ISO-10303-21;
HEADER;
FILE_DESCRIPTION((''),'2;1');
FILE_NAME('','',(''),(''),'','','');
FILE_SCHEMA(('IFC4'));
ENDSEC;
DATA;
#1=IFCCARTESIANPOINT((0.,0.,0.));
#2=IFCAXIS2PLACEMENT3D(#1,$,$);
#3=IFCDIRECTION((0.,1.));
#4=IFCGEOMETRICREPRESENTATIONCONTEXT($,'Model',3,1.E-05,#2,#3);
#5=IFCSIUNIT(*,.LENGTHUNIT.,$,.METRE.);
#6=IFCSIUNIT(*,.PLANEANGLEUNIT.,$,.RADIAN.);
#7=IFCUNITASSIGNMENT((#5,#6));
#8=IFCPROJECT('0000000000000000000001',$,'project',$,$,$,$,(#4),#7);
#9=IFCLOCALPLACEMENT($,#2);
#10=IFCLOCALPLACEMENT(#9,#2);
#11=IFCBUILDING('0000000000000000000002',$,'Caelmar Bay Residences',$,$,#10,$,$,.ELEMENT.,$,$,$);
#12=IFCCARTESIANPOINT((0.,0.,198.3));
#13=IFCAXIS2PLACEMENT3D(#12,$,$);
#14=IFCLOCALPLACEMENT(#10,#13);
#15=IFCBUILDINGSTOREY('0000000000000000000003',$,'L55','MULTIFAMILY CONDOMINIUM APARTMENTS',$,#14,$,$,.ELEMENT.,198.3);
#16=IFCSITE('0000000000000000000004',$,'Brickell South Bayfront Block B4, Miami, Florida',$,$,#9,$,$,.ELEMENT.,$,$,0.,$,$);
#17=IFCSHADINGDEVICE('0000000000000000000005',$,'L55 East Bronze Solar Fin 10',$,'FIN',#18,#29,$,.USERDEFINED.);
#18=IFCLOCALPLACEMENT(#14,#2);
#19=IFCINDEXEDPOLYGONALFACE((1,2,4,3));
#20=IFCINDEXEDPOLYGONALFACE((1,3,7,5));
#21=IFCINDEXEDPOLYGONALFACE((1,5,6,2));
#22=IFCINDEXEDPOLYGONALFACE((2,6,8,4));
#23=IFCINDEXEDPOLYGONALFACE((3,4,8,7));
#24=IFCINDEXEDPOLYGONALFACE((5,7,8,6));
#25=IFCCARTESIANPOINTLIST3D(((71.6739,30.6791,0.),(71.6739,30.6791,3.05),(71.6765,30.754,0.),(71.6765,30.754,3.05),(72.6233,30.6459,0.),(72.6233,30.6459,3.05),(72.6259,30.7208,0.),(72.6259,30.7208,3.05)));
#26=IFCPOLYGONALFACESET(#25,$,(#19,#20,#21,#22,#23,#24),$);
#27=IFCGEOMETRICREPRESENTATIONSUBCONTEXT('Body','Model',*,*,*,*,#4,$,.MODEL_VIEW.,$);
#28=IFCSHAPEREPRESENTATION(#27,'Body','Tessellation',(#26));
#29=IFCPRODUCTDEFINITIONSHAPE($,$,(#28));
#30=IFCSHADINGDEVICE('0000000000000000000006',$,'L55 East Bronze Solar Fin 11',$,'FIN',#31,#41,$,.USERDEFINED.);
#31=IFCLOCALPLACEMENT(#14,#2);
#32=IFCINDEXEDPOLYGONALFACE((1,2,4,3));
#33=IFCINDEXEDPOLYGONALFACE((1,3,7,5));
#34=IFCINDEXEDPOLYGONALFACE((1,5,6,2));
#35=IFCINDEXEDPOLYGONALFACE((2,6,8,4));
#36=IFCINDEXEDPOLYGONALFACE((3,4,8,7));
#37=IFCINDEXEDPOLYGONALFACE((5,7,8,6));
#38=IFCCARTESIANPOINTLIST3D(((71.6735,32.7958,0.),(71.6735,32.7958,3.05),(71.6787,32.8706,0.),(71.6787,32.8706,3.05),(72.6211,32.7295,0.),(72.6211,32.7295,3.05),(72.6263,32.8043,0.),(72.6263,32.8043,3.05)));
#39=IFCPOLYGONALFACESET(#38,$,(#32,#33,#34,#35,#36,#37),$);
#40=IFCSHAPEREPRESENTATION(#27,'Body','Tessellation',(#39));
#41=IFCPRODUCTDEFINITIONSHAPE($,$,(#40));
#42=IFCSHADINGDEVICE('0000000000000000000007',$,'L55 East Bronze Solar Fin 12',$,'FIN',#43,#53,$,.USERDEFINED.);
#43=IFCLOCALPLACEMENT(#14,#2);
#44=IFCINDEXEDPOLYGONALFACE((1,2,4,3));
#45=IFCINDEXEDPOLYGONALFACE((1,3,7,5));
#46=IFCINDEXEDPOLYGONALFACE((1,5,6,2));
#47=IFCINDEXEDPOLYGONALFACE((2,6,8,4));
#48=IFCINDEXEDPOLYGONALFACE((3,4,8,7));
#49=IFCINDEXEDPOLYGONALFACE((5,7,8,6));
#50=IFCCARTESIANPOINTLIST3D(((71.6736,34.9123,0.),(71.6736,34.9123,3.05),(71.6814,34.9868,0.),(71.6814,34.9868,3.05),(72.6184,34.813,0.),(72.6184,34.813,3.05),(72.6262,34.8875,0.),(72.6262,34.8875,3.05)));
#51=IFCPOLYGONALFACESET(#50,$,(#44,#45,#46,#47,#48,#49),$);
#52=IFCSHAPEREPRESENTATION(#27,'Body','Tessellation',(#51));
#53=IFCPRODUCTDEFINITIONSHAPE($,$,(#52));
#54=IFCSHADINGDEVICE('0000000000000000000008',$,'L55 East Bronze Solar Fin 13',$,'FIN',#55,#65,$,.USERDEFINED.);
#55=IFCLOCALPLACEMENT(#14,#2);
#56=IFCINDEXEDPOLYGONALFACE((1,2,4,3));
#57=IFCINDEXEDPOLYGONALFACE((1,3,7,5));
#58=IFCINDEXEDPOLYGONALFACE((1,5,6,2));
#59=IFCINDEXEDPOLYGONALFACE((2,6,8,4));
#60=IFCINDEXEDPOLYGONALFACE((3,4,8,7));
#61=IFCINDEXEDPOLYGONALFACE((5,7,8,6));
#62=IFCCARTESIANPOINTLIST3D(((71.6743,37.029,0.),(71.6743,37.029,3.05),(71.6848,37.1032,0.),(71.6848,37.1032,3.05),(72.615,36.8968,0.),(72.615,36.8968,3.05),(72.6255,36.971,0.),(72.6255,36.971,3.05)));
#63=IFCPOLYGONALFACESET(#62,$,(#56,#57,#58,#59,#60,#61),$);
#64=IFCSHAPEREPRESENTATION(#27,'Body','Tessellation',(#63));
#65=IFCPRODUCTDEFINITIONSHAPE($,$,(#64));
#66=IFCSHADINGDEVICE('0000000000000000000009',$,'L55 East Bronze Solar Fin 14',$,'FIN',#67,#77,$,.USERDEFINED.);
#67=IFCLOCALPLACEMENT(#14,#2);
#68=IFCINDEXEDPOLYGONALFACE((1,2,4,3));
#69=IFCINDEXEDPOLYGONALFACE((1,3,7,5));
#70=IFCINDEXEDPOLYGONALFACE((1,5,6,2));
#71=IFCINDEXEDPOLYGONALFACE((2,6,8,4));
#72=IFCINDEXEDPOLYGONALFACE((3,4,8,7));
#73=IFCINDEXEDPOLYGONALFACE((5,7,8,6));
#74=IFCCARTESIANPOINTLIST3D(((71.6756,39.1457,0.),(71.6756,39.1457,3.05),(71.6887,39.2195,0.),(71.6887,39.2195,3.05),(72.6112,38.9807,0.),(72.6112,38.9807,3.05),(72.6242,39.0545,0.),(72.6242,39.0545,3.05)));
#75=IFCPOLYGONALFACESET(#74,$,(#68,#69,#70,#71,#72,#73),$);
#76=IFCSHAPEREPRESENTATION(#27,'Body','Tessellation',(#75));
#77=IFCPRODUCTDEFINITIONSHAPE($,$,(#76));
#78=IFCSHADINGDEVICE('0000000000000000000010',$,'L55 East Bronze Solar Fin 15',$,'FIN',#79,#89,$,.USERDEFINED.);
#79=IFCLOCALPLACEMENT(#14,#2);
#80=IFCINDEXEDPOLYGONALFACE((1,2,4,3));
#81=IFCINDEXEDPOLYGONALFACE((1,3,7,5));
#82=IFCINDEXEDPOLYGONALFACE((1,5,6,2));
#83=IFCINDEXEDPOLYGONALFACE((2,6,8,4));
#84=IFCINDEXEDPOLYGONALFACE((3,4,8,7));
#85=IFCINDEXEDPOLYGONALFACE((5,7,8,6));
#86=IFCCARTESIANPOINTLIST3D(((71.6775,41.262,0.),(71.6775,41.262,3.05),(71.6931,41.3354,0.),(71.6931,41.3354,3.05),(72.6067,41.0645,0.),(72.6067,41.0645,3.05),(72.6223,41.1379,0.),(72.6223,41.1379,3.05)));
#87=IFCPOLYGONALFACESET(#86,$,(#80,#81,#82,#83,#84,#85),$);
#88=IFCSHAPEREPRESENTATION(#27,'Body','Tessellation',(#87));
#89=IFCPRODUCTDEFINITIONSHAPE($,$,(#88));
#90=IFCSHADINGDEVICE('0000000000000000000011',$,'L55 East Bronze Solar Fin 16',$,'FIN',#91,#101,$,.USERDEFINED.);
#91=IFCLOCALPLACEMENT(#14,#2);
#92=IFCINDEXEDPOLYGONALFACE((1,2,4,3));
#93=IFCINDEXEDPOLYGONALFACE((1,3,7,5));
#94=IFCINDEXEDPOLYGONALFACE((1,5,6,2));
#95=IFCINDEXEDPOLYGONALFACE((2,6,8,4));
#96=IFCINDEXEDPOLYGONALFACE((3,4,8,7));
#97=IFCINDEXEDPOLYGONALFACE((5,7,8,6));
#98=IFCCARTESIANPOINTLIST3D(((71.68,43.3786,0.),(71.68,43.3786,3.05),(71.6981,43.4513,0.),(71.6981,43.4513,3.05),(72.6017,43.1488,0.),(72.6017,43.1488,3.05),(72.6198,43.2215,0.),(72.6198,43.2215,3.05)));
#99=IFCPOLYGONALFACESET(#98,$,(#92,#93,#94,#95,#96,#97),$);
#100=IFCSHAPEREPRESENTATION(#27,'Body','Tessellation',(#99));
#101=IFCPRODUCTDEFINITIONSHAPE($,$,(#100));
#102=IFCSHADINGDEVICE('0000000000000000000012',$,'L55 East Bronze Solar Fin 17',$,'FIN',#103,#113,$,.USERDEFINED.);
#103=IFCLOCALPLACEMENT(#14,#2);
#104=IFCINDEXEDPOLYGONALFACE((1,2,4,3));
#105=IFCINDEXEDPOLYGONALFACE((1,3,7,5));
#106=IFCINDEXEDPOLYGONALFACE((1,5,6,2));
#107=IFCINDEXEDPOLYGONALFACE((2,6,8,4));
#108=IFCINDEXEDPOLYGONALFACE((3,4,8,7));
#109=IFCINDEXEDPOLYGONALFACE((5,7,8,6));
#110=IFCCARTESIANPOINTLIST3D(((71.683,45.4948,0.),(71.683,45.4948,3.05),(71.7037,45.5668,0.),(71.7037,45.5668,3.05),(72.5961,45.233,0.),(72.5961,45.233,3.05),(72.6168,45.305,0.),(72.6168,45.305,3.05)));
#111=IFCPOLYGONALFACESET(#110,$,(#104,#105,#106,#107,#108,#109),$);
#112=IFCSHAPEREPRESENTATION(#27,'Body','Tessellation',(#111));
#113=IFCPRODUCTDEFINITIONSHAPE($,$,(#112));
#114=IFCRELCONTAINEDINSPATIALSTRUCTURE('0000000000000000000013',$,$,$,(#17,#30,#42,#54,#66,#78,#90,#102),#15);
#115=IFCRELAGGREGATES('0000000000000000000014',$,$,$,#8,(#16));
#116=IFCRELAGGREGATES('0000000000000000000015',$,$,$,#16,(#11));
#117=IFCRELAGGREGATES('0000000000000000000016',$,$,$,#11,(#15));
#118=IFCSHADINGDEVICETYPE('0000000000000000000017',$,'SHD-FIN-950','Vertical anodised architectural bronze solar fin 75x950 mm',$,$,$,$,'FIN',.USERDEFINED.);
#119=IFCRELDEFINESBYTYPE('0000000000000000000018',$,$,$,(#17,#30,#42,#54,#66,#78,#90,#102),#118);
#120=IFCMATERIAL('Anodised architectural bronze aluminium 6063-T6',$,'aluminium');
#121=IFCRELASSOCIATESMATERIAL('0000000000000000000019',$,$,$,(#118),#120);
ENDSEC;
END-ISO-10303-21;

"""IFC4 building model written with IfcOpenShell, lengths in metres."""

from ifc_helpers import new_model, si_unit, direction, frame, origin, origin_2d, place, context, subcontext, project, spatial, rectangle, extrude, material, material_profile, profile_set, type_object, element, save


model = new_model("IFC4")

# Units and contexts
model_context = context("Model", 3, precision=1e-05, world=origin(), true_north=direction((0.0, 1.0)))
body_context = subcontext(model_context, "Body", "Model", "MODEL_VIEW")
ifc_project = project(units=[si_unit("LENGTHUNIT", "METRE"), si_unit("PLANEANGLEUNIT", "RADIAN")], contexts=[model_context])

# Site, building, storey
site_placement = place(None, origin())
site = spatial("IfcSite", under=ifc_project, at=site_placement, Name="Brickell South Bayfront Block B4, Miami, Florida", CompositionType="ELEMENT", RefElevation=0.0)
building_placement = place(site_placement, origin())
building = spatial("IfcBuilding", under=site, at=building_placement, Name="Caelmar Bay Residences", CompositionType="ELEMENT")
storey_placement = place(building_placement, frame((0.0, 0.0, 198.3)))
storey = spatial("IfcBuildingStorey", under=building, at=storey_placement, Name="L55", Description="MULTIFAMILY CONDOMINIUM APARTMENTS", CompositionType="ELEMENT", Elevation=198.3)

# Shading devices
ifc_material_1 = material(Name="Anodised architectural bronze aluminium 6063-T6", Category="aluminium")
ifc_material_profile_1 = material_profile(ifc_material_1, rectangle(XDim=0.075, YDim=0.95, at=origin_2d()), Name="BRONZE-FIN-75X950")
ifc_profile_set_1 = profile_set([ifc_material_profile_1], Name="Anodised architectural bronze aluminium 6063-T6")
shading_device_type = type_object("IfcShadingDeviceType", Name="SHD-FIN-950", Description="Vertical anodised architectural bronze solar fin 75x950 mm", ElementType="FIN", PredefinedType="USERDEFINED", material=ifc_profile_set_1)
for number, where, z_axis, x_axis, name in (
    (1, (72.1499, 30.7, 0.0), (0.0, 0.0, 1.0), (0.034899, 0.999391, 0.0), "L55 East Bronze Solar Fin 10"),
    (2, (72.1499, 32.8, 0.0), (0.0, 0.0, 1.0), (0.069756, 0.997564, 0.0), "L55 East Bronze Solar Fin 11"),
    (3, (72.1499, 34.8999, 0.0), (0.0, 0.0, 1.0), (0.104528, 0.994522, 0.0), "L55 East Bronze Solar Fin 12"),
    (4, (72.1499, 37.0, 0.0), (0.0, 0.0, 1.0), (0.139173, 0.990268, 0.0), "L55 East Bronze Solar Fin 13"),
    (5, (72.1499, 39.1001, 0.0), (0.0, 0.0, 1.0), (0.173648, 0.984808, 0.0), "L55 East Bronze Solar Fin 14"),
    (6, (72.1499, 41.2, 0.0), (0.0, 0.0, 1.0), (0.207912, 0.978148, 0.0), "L55 East Bronze Solar Fin 15"),
    (7, (72.1499, 43.3, 0.0), (0.0, 0.0, 1.0), (0.241922, 0.970296, 0.0), "L55 East Bronze Solar Fin 16"),
    (8, (72.1499, 45.3999, 0.0), (0.0, 0.0, 1.0), (0.275637, 0.961262, 0.0), "L55 East Bronze Solar Fin 17"),
):
    element("IfcShadingDevice", number, at=place(storey_placement, frame(where, z_axis=z_axis, x_axis=x_axis)), inside=storey, type_object=shading_device_type, Name=name, ObjectType="FIN", PredefinedType="USERDEFINED", context=body_context, shape_type="SweptSolid", body=[
        extrude(rectangle(XDim=0.075, YDim=0.95, at=origin_2d()), origin(), (0.0, 0.0, 1.0), 3.05),
    ])

save(model, "model.ifc")
